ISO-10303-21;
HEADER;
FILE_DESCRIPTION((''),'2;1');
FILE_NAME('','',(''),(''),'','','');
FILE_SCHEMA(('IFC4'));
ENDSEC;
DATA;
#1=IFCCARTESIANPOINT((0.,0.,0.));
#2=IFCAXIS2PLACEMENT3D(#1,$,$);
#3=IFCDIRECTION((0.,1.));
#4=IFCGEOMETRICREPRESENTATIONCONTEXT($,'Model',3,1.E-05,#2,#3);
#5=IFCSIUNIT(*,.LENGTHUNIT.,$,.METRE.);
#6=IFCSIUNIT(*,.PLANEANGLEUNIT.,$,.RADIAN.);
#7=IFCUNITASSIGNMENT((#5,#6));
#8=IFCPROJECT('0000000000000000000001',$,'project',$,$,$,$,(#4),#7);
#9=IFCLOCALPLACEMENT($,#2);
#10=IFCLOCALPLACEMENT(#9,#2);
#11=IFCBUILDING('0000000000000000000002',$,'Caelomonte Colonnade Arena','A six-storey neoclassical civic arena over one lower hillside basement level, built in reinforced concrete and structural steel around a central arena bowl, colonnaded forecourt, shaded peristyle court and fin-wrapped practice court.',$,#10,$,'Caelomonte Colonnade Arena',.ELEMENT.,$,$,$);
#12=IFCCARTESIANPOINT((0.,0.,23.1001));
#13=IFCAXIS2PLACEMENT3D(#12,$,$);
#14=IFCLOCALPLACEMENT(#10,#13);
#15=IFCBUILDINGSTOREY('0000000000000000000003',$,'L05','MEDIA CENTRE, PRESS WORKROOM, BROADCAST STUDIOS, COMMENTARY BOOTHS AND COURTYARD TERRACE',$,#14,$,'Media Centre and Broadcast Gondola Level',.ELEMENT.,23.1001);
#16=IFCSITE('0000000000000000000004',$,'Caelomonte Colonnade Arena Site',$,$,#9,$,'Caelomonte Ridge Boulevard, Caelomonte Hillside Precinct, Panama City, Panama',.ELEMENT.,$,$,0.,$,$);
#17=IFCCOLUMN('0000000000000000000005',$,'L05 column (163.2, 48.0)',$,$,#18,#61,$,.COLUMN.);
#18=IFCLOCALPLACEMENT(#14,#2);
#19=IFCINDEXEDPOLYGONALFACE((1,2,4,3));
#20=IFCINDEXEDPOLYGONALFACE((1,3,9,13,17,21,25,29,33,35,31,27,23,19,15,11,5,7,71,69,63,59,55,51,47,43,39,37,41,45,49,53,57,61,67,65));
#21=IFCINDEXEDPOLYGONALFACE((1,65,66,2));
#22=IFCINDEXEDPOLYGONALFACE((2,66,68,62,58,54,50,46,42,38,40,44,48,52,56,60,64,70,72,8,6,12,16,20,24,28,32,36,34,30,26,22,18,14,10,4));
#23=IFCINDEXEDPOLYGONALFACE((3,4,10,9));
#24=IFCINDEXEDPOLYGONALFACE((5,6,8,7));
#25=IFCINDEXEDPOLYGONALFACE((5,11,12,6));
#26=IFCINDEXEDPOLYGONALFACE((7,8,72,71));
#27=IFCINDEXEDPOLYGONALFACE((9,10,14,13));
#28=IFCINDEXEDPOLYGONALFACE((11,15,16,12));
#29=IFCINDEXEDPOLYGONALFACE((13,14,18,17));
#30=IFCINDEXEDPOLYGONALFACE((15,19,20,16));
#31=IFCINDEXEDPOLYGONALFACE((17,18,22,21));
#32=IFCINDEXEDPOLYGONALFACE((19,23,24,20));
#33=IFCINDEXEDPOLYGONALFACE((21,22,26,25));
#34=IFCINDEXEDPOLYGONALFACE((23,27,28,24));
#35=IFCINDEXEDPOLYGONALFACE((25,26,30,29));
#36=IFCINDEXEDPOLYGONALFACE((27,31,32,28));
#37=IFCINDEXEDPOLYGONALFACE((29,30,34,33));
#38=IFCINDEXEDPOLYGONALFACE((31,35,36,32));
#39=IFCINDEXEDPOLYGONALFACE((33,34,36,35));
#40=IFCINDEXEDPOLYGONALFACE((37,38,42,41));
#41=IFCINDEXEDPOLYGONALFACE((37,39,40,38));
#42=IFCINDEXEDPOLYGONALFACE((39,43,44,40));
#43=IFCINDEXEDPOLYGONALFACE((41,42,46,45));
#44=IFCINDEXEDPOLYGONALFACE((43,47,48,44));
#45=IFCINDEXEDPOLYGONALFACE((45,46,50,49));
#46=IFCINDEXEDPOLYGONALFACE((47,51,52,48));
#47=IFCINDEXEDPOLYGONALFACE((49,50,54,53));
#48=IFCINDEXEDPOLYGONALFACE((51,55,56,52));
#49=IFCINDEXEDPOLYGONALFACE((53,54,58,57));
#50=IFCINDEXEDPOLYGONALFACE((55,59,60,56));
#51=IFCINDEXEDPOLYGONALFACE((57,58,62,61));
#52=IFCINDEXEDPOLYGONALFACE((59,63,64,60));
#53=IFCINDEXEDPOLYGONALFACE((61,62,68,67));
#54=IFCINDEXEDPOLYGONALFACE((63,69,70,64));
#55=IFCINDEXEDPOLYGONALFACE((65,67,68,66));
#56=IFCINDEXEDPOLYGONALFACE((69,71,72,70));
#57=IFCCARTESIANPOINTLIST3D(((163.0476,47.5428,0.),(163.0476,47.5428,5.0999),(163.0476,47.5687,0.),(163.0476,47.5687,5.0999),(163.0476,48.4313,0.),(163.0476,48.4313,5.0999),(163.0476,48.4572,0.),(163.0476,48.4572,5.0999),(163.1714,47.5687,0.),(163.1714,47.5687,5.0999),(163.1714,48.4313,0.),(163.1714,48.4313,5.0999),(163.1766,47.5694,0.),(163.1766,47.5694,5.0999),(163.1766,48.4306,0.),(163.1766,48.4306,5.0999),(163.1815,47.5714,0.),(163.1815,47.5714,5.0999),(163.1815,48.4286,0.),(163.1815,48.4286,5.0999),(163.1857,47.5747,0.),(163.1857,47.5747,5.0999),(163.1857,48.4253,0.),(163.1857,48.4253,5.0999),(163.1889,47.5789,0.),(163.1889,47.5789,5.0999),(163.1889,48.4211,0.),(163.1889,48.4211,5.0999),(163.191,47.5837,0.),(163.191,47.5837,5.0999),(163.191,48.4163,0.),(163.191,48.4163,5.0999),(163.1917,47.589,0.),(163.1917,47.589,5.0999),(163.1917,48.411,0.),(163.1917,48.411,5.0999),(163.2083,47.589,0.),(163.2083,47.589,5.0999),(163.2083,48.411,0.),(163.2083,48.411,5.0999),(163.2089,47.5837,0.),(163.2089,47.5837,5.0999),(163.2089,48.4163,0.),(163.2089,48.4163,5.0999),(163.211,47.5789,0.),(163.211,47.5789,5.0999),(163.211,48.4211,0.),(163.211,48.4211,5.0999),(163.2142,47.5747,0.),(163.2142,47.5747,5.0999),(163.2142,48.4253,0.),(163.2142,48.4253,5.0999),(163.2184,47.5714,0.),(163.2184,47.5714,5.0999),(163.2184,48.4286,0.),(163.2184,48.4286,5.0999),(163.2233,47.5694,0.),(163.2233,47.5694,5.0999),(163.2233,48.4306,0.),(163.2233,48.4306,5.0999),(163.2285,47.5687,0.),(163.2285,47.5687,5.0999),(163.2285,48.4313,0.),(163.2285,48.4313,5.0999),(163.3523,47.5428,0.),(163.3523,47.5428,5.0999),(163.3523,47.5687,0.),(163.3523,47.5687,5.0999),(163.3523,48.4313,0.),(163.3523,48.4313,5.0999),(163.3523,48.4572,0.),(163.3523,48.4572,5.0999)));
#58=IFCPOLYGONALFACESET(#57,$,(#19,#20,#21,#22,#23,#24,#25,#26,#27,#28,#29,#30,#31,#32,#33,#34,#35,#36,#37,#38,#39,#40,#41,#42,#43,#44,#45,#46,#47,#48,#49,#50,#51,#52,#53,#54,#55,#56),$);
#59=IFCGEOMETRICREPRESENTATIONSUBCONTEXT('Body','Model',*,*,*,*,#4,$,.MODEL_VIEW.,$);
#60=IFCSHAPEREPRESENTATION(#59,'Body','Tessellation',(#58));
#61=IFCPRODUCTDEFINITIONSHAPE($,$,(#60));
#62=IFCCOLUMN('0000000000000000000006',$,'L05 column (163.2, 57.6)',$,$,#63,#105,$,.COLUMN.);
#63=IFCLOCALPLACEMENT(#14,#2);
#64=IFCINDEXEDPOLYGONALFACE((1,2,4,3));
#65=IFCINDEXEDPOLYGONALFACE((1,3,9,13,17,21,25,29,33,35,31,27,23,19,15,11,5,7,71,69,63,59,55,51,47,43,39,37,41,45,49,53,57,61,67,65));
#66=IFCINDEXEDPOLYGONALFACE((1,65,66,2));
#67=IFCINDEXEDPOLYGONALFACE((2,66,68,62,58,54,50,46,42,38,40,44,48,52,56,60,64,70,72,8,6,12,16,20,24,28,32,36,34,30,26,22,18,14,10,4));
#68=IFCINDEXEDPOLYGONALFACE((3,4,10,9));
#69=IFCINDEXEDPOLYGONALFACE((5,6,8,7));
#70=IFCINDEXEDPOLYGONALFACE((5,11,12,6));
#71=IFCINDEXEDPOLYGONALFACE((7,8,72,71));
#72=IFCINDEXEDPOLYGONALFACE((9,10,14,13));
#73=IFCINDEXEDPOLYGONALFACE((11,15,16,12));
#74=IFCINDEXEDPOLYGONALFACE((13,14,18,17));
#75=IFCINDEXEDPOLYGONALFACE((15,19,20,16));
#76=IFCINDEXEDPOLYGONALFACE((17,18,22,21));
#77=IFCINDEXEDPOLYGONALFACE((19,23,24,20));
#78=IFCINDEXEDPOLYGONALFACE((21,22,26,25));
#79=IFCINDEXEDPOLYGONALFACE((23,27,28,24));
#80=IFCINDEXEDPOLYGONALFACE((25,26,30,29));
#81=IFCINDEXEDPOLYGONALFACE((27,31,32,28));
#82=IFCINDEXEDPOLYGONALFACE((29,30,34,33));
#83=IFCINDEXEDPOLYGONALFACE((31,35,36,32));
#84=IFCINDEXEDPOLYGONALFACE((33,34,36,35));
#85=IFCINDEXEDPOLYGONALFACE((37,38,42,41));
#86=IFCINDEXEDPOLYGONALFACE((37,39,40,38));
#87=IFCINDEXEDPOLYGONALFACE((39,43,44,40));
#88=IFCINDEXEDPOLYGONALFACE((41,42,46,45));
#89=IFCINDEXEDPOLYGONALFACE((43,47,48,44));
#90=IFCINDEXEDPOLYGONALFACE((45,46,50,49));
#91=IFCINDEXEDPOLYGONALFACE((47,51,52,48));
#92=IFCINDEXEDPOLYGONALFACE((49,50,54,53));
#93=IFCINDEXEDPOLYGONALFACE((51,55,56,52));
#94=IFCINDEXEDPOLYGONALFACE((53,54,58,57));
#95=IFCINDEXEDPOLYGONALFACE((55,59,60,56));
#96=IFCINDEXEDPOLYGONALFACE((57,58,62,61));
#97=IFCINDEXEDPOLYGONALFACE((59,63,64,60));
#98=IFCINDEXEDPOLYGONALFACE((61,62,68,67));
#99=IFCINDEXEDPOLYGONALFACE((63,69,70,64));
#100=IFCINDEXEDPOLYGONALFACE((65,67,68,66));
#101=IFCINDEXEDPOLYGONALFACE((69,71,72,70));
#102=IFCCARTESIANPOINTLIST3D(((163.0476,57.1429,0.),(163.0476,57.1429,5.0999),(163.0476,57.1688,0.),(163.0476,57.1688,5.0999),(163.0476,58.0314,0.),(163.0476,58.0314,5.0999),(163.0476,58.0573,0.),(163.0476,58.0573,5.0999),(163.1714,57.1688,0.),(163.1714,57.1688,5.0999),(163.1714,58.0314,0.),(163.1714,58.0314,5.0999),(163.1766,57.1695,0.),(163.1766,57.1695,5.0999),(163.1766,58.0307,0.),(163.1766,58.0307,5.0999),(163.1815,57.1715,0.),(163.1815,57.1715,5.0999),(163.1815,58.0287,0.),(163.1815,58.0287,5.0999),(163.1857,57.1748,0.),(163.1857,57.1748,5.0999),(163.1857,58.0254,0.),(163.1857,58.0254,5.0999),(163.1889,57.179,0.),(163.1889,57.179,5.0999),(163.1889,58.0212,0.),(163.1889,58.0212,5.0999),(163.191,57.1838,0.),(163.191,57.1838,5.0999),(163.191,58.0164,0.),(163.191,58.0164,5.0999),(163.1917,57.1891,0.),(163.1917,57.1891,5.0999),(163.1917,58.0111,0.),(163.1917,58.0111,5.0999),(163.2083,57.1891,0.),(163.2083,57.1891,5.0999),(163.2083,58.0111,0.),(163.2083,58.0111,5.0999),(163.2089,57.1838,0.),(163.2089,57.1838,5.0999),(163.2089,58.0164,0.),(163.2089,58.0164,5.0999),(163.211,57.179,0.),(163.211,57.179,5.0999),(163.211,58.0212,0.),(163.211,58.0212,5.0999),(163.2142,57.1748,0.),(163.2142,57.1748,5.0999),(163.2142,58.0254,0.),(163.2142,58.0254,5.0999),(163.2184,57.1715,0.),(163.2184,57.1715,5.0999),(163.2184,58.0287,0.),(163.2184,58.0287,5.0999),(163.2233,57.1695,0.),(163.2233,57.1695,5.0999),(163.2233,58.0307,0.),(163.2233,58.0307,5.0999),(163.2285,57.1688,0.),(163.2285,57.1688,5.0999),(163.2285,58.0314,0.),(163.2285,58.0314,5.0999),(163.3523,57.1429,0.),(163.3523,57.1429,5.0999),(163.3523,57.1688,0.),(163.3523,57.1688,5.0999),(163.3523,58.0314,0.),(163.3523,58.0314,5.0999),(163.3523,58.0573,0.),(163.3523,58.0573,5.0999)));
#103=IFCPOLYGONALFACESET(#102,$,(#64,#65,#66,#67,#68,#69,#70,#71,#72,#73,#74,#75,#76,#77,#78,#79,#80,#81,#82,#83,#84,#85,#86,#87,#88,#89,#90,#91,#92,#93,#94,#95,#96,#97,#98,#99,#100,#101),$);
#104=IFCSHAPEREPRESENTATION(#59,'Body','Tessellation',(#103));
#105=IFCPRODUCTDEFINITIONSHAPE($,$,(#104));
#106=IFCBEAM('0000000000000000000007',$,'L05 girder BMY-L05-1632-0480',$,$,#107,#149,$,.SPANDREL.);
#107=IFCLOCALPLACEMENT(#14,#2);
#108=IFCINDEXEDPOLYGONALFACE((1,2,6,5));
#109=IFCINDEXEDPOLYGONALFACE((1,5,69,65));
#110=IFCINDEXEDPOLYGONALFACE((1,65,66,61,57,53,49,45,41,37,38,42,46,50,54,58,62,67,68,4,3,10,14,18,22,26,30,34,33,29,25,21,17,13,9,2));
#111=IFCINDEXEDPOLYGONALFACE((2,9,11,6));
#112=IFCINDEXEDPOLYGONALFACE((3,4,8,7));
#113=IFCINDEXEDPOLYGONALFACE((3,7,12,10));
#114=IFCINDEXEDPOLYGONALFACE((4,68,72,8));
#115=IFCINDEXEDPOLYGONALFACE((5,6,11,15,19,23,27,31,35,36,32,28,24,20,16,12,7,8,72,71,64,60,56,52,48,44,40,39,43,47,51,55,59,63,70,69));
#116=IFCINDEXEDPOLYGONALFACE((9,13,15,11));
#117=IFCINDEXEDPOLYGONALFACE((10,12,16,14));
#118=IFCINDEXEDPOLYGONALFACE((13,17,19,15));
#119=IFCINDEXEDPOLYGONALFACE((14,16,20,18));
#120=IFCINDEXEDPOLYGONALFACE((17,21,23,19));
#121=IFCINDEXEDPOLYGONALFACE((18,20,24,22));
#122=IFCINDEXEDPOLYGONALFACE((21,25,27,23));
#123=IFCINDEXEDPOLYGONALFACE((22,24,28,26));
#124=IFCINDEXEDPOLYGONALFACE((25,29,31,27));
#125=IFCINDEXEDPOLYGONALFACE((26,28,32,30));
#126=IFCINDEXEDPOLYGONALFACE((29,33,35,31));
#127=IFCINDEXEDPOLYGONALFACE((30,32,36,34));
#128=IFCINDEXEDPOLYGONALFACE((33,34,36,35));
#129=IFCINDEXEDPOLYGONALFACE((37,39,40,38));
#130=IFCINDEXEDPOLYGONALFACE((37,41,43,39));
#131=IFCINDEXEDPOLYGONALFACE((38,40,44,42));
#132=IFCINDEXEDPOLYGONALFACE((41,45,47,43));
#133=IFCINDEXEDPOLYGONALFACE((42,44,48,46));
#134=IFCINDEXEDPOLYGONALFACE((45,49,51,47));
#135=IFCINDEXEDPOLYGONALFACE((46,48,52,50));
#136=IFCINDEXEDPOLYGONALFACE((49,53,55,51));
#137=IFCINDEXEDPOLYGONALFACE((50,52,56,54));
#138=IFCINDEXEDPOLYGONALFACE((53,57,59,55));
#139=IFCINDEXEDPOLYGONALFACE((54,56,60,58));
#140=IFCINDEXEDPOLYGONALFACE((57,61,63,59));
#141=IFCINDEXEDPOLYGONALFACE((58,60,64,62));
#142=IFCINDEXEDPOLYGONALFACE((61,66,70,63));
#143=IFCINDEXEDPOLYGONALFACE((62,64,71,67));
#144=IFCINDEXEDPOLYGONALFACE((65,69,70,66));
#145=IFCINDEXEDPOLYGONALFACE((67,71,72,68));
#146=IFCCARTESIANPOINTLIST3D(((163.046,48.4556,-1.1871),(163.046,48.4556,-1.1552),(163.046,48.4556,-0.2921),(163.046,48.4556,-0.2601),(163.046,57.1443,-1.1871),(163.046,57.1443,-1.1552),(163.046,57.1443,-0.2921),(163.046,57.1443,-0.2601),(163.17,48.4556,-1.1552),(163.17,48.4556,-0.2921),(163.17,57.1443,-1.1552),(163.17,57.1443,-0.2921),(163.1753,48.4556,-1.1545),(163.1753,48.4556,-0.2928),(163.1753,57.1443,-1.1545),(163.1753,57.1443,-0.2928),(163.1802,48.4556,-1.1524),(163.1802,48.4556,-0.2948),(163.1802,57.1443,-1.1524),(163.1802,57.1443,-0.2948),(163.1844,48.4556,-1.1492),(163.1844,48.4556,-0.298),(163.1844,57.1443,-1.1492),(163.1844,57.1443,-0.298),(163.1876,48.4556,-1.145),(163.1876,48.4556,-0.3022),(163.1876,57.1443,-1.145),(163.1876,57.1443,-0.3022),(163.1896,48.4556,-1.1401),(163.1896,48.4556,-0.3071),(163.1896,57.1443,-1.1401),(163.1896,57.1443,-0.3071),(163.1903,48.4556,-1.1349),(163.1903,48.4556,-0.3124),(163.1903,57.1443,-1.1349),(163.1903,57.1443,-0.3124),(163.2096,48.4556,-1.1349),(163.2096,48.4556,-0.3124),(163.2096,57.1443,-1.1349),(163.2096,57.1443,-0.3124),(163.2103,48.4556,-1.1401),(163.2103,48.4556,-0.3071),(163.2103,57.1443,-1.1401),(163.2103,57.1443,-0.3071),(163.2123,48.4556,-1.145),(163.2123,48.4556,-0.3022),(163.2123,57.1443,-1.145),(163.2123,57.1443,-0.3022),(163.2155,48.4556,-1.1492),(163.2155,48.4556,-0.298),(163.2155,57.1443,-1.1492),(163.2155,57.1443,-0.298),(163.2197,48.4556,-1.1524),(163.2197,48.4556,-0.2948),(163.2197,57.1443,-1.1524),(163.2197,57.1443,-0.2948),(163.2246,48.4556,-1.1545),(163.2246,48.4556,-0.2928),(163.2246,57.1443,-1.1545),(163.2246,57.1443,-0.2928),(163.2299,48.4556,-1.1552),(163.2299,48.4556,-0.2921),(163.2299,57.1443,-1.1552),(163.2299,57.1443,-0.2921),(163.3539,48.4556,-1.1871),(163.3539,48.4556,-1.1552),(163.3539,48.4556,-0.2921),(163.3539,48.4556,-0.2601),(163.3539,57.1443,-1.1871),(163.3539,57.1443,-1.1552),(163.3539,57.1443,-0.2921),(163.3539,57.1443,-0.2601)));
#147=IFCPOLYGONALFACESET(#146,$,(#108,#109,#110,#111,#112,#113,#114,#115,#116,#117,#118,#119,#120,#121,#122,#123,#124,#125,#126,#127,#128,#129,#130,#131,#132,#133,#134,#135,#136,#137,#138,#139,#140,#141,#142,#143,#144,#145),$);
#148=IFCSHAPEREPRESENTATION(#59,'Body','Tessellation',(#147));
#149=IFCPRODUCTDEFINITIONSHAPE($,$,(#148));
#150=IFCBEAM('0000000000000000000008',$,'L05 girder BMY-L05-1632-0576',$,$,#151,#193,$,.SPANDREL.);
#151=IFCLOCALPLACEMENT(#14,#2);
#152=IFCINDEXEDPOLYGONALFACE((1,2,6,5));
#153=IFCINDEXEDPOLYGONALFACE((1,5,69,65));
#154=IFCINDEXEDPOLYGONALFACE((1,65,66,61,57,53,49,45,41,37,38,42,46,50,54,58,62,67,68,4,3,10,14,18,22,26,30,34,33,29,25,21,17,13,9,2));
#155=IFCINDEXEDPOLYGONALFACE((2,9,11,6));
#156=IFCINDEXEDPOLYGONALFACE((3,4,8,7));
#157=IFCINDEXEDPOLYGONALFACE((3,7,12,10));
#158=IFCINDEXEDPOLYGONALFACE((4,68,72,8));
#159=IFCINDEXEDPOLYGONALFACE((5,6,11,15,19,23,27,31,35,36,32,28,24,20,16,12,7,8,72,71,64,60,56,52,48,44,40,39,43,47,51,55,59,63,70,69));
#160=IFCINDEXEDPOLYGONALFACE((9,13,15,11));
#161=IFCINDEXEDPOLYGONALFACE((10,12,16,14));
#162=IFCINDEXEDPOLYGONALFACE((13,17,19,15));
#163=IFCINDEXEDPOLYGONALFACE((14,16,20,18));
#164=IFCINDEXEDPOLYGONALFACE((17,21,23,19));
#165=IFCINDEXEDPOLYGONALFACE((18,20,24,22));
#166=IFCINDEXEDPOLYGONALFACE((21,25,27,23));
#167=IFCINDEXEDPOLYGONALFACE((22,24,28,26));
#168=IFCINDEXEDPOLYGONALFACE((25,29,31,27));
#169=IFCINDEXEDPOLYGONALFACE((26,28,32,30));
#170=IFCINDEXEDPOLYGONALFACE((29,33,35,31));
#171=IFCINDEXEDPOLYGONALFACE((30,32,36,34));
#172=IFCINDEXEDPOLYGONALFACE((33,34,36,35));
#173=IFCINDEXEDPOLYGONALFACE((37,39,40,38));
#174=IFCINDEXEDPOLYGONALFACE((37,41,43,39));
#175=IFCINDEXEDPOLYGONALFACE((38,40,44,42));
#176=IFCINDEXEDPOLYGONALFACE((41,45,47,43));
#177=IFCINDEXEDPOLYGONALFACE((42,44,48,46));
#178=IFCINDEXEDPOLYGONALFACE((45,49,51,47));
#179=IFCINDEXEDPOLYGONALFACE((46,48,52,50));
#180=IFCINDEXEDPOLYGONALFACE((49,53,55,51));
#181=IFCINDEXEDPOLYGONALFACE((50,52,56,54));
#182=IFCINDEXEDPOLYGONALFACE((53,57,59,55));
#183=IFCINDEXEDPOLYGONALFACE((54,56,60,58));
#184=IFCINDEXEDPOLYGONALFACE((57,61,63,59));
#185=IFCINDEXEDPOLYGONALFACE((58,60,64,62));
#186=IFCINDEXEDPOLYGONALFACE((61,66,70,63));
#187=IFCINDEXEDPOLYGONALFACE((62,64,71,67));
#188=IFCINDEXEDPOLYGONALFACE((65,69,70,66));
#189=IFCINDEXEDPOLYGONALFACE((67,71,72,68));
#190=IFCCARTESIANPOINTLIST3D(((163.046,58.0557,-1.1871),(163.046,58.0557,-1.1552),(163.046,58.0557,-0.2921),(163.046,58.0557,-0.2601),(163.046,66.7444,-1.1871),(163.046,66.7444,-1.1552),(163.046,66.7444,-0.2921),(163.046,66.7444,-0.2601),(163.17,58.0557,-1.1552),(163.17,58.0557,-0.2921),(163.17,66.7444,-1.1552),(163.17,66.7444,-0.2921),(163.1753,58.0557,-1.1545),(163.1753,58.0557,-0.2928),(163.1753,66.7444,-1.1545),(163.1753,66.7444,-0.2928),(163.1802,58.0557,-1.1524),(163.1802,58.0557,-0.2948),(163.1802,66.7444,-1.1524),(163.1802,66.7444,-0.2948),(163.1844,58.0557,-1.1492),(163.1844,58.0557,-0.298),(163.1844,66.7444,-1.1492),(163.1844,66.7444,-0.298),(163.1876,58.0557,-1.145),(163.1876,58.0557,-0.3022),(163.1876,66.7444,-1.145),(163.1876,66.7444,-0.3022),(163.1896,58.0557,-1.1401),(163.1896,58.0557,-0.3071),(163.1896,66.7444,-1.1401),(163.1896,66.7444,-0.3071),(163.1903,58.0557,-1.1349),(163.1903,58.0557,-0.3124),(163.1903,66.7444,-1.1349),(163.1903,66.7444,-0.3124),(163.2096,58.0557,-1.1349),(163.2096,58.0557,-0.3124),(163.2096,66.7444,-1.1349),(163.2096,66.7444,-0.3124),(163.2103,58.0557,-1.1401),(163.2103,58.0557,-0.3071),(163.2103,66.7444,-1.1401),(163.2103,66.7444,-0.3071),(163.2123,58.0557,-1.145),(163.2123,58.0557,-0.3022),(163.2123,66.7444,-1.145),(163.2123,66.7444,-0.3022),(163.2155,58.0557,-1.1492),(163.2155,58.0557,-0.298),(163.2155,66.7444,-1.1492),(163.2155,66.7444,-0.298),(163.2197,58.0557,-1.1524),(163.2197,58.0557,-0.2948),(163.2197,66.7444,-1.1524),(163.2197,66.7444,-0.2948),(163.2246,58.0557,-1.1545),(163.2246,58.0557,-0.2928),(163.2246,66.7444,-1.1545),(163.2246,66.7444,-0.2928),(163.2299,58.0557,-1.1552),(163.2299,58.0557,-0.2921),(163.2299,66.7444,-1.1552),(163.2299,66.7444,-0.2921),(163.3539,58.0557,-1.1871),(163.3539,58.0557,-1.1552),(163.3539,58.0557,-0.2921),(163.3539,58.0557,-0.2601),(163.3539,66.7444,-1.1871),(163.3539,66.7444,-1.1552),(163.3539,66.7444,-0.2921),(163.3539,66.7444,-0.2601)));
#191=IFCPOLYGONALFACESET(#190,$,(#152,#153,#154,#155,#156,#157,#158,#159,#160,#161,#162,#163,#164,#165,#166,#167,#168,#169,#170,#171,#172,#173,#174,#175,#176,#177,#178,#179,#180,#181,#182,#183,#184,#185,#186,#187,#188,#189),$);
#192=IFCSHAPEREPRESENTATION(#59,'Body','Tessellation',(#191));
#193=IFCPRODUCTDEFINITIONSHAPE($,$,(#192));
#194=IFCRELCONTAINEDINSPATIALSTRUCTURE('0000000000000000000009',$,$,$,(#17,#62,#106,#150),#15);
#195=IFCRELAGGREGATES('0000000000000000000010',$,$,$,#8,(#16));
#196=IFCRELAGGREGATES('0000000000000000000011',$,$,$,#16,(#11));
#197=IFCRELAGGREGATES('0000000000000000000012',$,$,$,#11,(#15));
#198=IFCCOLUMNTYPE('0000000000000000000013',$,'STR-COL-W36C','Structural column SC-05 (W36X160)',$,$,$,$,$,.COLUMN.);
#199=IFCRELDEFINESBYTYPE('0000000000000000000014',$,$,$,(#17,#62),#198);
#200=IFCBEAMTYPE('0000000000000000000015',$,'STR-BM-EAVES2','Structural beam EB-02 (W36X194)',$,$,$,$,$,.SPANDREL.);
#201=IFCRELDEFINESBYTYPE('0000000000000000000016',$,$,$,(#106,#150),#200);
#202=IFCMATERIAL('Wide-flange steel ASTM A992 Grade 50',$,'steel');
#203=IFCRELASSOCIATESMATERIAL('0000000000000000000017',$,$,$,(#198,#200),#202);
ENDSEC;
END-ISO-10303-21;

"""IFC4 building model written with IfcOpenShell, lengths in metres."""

from ifc_helpers import new_model, si_unit, direction, frame, origin, origin_2d, place, context, subcontext, project, spatial, i_section, extrude, material, material_profile, profile_set, type_object, element, save


model = new_model("IFC4")

# Units and contexts
model_context = context("Model", 3, precision=1e-05, world=origin(), true_north=direction((0.0, 1.0)))
body_context = subcontext(model_context, "Body", "Model", "MODEL_VIEW")
ifc_project = project(units=[si_unit("LENGTHUNIT", "METRE"), si_unit("PLANEANGLEUNIT", "RADIAN")], contexts=[model_context])

# Site, building, storey
site_placement = place(None, origin())
site = spatial("IfcSite", under=ifc_project, at=site_placement, Name="Caelomonte Colonnade Arena Site", LongName="Caelomonte Ridge Boulevard, Caelomonte Hillside Precinct, Panama City, Panama", CompositionType="ELEMENT", RefElevation=0.0)
building_placement = place(site_placement, origin())
building = spatial("IfcBuilding", under=site, at=building_placement, Name="Caelomonte Colonnade Arena", Description="A six-storey neoclassical civic arena over one lower hillside basement level, built in reinforced concrete and structural steel around a central arena bowl, colonnaded forecourt, shaded peristyle court and fin-wrapped practice court.", LongName="Caelomonte Colonnade Arena", CompositionType="ELEMENT")
storey_placement = place(building_placement, frame((0.0, 0.0, 23.1001)))
storey = spatial("IfcBuildingStorey", under=building, at=storey_placement, Name="L05", Description="MEDIA CENTRE, PRESS WORKROOM, BROADCAST STUDIOS, COMMENTARY BOOTHS AND COURTYARD TERRACE", LongName="Media Centre and Broadcast Gondola Level", CompositionType="ELEMENT", Elevation=23.1001)

# Columns
ifc_material_1 = material(Name="Wide-flange steel ASTM A992 Grade 50", Category="steel")
ifc_material_profile_1 = material_profile(ifc_material_1, i_section(OverallWidth=0.3047, OverallDepth=0.9143, WebThickness=0.0166, FlangeThickness=0.0259, FilletRadius=0.0203, at=origin_2d()), Name="W36X160")
ifc_profile_set_1 = profile_set([ifc_material_profile_1], Name="Wide-flange steel ASTM A992 Grade 50")
column_type = type_object("IfcColumnType", Name="STR-COL-W36C", Description="Structural column SC-05 (W36X160)", PredefinedType="COLUMN", material=ifc_profile_set_1)
for number, where, z_axis, x_axis, name in (
    (1, (163.2, 48.0, 0.0), (0.0, 0.0, 1.0), (1.0, 0.0, 0.0), "L05 column (163.2, 48.0)"),
    (2, (163.2, 57.6001, 0.0), (0.0, 0.0, 1.0), (1.0, 0.0, 0.0), "L05 column (163.2, 57.6)"),
):
    element("IfcColumn", number, at=place(storey_placement, frame(where, z_axis=z_axis, x_axis=x_axis)), inside=storey, type_object=column_type, Name=name, PredefinedType="COLUMN", context=body_context, shape_type="SweptSolid", body=[
        extrude(i_section(OverallWidth=0.3047, OverallDepth=0.9143, WebThickness=0.0166, FlangeThickness=0.0259, FilletRadius=0.0203, at=origin_2d()), origin(), (0.0, 0.0, 1.0), 5.0999),
    ])

# Beams
ifc_material_profile_2 = material_profile(ifc_material_1, i_section(OverallWidth=0.3079, OverallDepth=0.927, WebThickness=0.0193, FlangeThickness=0.032, FilletRadius=0.0203, at=origin_2d()), Name="W36X194")
ifc_profile_set_2 = profile_set([ifc_material_profile_2], Name="Wide-flange steel ASTM A992 Grade 50")
beam_type_1 = type_object("IfcBeamType", Name="STR-BM-EAVES2", Description="Structural beam EB-02 (W36X194)", PredefinedType="SPANDREL", material=ifc_profile_set_2)
for number, where, z_axis, x_axis, name in (
    (3, (163.2, 48.4556, -0.7236), (0.0, 1.0, 0.0), (-1.0, 0.0, 0.0), "L05 girder BMY-L05-1632-0480"),
    (4, (163.2, 58.0557, -0.7236), (0.0, 1.0, 0.0), (-1.0, 0.0, 0.0), "L05 girder BMY-L05-1632-0576"),
):
    element("IfcBeam", number, at=place(storey_placement, frame(where, z_axis=z_axis, x_axis=x_axis)), inside=storey, type_object=beam_type_1, Name=name, PredefinedType="SPANDREL", context=body_context, shape_type="SweptSolid", body=[
        extrude(i_section(OverallWidth=0.3079, OverallDepth=0.927, WebThickness=0.0193, FlangeThickness=0.032, FilletRadius=0.0203, at=origin_2d()), origin(), (0.0, 0.0, 1.0), 8.6887),
    ])

save(model, "model.ifc")
